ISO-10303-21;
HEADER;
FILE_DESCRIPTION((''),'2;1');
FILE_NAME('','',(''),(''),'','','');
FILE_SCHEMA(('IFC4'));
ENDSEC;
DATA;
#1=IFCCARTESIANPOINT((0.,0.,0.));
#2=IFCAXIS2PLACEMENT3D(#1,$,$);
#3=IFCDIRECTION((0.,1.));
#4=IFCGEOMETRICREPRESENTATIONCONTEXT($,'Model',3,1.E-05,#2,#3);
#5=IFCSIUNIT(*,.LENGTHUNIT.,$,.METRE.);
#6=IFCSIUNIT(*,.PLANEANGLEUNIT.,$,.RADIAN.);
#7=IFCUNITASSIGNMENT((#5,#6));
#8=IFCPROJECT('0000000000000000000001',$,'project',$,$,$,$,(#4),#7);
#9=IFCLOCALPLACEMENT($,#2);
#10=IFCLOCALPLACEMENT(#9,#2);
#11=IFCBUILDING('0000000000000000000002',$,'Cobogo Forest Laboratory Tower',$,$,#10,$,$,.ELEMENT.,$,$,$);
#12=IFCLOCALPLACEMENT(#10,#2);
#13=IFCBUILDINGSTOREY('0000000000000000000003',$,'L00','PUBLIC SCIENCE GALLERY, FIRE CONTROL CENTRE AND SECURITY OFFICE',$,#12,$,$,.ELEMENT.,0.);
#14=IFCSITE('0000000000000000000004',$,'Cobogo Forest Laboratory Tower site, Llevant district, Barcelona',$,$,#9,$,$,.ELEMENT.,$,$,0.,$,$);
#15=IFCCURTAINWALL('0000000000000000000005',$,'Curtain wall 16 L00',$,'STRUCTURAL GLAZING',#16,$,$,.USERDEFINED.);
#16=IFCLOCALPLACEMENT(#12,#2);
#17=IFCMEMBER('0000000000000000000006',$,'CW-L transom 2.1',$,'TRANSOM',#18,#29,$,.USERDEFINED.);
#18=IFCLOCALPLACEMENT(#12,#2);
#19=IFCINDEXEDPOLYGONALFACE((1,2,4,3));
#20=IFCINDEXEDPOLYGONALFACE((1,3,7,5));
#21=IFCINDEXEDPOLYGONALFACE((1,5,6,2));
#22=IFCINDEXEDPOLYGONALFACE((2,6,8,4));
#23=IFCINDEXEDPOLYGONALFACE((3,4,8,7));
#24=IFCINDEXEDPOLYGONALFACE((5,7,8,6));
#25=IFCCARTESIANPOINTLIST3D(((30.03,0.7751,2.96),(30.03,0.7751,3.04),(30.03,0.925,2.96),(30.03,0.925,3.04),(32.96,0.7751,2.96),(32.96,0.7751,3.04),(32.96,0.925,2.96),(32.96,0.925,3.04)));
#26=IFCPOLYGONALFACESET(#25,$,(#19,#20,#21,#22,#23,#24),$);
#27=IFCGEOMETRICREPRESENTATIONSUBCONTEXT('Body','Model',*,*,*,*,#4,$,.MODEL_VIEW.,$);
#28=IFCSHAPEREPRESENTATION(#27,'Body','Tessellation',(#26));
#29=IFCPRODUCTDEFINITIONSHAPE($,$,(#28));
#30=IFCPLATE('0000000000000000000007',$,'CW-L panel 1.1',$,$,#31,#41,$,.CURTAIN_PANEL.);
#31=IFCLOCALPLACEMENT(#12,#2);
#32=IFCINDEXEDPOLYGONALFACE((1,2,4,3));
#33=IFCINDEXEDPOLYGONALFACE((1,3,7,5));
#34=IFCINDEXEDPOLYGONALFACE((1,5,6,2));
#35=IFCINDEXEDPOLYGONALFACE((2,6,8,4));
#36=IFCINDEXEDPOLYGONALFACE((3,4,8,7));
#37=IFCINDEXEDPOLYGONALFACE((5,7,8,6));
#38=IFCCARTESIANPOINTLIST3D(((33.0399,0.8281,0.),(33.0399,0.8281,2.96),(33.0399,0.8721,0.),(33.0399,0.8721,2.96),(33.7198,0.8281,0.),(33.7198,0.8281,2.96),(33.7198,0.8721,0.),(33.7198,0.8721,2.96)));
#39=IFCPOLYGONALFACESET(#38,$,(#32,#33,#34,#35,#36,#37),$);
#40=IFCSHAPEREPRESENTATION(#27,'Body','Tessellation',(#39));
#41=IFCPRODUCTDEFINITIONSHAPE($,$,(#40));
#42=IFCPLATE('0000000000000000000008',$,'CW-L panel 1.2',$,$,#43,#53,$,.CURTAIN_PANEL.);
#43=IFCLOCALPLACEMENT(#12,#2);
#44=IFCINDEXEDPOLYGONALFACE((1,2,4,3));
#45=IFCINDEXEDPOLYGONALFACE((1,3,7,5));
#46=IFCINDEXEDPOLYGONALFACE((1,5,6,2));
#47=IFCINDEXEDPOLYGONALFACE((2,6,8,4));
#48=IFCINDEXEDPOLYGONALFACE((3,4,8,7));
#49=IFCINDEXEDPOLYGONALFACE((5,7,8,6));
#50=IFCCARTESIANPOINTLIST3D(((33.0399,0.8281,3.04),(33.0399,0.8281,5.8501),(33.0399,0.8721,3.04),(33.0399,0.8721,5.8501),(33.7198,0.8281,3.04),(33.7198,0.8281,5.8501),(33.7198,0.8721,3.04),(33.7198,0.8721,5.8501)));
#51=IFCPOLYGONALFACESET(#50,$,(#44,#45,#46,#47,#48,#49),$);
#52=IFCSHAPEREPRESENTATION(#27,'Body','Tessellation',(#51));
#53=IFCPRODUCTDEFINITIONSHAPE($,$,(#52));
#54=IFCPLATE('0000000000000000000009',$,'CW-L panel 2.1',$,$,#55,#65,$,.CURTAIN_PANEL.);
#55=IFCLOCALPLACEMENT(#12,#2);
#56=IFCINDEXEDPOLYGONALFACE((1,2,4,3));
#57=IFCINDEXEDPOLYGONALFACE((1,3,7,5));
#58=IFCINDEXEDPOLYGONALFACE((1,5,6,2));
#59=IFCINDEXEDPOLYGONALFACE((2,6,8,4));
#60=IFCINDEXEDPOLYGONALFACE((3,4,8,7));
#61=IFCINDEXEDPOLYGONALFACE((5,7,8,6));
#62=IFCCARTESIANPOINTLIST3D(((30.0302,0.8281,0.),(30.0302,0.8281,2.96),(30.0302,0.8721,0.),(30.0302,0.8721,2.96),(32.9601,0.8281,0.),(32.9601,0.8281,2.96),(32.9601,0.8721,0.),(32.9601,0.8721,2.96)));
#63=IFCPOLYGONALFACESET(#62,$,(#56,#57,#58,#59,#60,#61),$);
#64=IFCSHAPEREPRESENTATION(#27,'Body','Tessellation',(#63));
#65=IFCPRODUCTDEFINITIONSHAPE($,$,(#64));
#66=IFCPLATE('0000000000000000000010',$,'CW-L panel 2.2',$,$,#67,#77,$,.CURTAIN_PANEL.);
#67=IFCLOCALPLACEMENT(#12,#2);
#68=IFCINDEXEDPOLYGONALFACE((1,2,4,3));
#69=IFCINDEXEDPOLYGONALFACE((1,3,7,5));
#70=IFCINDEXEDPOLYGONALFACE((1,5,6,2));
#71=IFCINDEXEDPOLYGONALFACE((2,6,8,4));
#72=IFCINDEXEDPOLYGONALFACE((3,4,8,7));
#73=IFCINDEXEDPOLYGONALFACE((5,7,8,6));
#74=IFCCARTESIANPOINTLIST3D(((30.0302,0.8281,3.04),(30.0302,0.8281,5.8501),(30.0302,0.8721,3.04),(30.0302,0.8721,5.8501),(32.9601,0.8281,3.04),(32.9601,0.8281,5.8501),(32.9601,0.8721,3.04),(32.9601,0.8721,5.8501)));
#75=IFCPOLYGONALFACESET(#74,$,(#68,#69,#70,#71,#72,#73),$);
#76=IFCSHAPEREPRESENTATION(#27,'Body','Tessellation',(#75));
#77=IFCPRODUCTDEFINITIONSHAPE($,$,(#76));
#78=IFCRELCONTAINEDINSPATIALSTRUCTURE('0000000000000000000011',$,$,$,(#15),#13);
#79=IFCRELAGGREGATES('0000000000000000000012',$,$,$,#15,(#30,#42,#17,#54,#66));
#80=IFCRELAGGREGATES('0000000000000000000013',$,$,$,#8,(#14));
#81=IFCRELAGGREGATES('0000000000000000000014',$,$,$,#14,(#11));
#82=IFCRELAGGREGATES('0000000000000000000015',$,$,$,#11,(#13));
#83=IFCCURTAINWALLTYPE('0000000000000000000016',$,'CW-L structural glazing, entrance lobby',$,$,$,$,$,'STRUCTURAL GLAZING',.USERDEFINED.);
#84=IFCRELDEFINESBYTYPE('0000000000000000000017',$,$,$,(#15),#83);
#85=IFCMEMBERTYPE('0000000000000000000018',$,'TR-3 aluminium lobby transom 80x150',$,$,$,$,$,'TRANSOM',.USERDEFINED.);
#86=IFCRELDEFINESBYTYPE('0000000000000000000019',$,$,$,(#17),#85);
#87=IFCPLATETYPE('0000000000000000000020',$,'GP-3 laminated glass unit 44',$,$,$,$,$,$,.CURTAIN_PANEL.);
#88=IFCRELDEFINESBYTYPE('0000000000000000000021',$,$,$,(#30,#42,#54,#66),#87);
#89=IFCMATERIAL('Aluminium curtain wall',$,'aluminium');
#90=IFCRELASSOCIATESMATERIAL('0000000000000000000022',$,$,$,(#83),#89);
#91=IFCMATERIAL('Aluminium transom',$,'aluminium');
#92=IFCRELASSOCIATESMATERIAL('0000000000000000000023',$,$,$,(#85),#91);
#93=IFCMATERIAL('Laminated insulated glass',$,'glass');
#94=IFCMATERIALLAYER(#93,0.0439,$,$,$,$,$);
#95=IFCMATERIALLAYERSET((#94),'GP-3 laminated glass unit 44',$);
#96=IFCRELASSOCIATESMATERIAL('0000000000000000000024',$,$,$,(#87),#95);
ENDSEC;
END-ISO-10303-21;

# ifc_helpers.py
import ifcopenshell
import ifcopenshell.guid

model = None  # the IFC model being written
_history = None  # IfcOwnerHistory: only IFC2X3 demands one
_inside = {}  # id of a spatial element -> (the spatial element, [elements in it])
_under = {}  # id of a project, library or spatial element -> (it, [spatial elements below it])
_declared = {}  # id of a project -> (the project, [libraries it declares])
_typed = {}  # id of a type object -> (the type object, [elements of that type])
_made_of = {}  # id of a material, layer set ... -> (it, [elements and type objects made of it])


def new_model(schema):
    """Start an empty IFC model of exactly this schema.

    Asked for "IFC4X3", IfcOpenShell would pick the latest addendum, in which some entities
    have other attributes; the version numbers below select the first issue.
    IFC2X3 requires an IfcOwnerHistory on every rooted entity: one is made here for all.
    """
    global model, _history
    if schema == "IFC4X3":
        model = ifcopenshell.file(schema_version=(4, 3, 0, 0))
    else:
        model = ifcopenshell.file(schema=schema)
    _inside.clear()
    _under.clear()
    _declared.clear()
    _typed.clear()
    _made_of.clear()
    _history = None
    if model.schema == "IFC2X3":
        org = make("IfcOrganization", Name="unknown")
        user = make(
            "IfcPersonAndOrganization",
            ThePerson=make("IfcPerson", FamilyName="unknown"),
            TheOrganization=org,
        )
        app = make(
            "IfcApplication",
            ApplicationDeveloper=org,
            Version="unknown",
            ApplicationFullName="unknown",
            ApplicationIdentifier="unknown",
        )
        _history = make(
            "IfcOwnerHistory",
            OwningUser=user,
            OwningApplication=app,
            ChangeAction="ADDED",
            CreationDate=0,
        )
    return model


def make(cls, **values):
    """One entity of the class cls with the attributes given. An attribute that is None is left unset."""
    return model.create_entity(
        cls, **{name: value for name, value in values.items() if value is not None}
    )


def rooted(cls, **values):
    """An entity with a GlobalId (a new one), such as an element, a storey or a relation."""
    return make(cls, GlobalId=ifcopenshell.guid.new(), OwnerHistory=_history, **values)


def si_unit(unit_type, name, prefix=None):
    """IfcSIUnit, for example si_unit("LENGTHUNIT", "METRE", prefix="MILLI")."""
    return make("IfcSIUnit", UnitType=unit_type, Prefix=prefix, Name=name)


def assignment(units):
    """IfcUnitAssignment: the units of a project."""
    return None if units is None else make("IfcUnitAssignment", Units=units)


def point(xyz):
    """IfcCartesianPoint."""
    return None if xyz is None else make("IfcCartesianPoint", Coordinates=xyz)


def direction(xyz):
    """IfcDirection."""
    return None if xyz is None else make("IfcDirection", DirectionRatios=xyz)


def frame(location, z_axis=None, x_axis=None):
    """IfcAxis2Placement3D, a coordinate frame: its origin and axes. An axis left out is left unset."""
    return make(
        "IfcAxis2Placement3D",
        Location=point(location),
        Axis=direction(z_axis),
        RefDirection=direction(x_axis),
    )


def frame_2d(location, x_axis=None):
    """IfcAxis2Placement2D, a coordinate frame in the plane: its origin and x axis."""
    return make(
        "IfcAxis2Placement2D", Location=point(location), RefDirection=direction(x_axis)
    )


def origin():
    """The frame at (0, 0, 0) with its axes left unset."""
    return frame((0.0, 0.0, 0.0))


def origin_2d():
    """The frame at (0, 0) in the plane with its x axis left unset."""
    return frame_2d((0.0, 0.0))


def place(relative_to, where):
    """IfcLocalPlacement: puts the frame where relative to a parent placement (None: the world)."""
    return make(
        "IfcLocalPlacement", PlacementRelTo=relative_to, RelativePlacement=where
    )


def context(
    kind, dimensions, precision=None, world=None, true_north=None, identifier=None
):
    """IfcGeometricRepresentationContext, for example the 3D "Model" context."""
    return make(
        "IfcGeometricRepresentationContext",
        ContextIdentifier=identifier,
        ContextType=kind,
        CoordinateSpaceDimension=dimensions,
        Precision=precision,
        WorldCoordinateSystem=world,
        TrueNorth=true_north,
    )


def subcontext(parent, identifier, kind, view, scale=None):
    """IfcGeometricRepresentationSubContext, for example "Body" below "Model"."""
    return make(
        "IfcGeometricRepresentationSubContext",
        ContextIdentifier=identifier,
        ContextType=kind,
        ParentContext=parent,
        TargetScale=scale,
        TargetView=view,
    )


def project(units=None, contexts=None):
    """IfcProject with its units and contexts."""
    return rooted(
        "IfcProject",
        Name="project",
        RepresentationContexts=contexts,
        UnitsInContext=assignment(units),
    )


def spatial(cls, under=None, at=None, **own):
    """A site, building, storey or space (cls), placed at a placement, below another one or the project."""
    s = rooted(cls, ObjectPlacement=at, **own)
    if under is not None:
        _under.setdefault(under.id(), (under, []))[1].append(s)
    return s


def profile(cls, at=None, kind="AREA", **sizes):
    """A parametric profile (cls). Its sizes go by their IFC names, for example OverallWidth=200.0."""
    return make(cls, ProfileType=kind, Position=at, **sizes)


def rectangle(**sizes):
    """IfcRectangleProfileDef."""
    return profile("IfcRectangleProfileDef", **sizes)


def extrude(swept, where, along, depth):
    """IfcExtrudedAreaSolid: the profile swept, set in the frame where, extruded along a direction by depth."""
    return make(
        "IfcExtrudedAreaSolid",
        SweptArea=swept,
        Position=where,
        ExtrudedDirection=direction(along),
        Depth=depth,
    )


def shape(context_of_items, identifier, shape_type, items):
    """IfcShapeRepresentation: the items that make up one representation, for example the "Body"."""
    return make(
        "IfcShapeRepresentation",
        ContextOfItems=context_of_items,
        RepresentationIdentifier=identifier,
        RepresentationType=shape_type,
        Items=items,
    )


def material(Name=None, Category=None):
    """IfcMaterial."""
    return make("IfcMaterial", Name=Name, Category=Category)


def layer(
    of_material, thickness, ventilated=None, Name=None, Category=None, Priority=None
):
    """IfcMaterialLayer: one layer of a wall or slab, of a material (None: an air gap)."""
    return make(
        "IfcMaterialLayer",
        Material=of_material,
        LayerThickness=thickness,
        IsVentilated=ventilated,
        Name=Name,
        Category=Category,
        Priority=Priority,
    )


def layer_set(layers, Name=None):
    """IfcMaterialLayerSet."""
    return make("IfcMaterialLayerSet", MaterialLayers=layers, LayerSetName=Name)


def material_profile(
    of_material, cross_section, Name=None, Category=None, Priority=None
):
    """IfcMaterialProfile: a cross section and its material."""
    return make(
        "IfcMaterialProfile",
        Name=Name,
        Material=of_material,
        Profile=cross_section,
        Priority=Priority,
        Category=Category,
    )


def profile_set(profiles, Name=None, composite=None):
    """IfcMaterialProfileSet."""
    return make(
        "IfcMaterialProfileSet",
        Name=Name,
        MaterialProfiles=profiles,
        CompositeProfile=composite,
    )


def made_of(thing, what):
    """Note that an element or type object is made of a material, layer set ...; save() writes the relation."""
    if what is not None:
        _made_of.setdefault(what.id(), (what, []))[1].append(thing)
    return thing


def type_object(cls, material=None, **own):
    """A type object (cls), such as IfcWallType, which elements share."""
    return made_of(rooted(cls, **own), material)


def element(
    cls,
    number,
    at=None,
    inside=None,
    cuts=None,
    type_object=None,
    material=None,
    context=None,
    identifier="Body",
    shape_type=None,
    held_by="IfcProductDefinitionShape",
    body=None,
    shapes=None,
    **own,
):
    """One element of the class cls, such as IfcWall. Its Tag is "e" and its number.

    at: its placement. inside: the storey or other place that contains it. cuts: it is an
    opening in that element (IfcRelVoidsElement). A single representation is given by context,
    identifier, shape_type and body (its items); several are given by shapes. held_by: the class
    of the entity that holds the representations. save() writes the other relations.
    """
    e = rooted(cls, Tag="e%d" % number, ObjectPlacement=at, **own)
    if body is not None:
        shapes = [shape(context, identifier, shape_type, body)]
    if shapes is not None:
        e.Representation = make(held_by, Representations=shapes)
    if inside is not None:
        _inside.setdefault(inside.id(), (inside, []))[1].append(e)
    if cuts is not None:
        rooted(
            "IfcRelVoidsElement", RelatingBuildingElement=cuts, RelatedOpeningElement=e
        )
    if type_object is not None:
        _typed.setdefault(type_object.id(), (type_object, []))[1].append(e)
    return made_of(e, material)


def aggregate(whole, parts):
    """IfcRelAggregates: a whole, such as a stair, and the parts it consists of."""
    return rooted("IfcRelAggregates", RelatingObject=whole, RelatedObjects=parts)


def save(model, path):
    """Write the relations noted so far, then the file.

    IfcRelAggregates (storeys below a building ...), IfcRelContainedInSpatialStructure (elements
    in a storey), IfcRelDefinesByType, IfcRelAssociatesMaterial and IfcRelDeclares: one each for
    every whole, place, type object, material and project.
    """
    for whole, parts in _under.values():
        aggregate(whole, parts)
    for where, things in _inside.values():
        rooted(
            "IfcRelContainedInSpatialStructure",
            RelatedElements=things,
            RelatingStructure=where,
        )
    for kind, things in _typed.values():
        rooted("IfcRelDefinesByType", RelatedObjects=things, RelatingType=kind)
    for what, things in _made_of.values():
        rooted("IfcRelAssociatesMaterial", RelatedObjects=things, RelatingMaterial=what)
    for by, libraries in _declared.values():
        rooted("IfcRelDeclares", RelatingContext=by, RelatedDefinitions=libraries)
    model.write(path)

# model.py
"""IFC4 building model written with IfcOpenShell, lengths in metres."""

from ifc_helpers import new_model, si_unit, direction, frame, origin, origin_2d, place, context, subcontext, project, spatial, rectangle, extrude, material, layer, layer_set, material_profile, profile_set, type_object, element, aggregate, save


model = new_model("IFC4")

# Units and contexts
model_context = context("Model", 3, precision=1e-05, world=origin(), true_north=direction((0.0, 1.0)))
body_context = subcontext(model_context, "Body", "Model", "MODEL_VIEW")
ifc_project = project(units=[si_unit("LENGTHUNIT", "METRE"), si_unit("PLANEANGLEUNIT", "RADIAN")], contexts=[model_context])

# Site, building, storey
site_placement = place(None, origin())
site = spatial("IfcSite", under=ifc_project, at=site_placement, Name="Cobogo Forest Laboratory Tower site, Llevant district, Barcelona", CompositionType="ELEMENT", RefElevation=0.0)
building_placement = place(site_placement, origin())
building = spatial("IfcBuilding", under=site, at=building_placement, Name="Cobogo Forest Laboratory Tower", CompositionType="ELEMENT")
storey_placement = place(building_placement, origin())
storey = spatial("IfcBuildingStorey", under=building, at=storey_placement, Name="L00", Description="PUBLIC SCIENCE GALLERY, FIRE CONTROL CENTRE AND SECURITY OFFICE", CompositionType="ELEMENT", Elevation=0.0)

# Curtain wall
ifc_material_1 = material(Name="Aluminium curtain wall", Category="aluminium")
curtain_wall_type = type_object("IfcCurtainWallType", Name="CW-L structural glazing, entrance lobby", ElementType="STRUCTURAL GLAZING", PredefinedType="USERDEFINED", material=ifc_material_1)
curtain_wall_placement = place(storey_placement, origin())
curtain_wall = element("IfcCurtainWall", 1, at=curtain_wall_placement, inside=storey, type_object=curtain_wall_type, Name="Curtain wall 16 L00", ObjectType="STRUCTURAL GLAZING", PredefinedType="USERDEFINED")

# Member
ifc_material_2 = material(Name="Aluminium transom", Category="aluminium")
ifc_material_profile_1 = material_profile(ifc_material_2, rectangle(XDim=0.1499, YDim=0.0801, at=origin_2d()), Name="AL 80x150")
ifc_profile_set_1 = profile_set([ifc_material_profile_1], Name="Aluminium transom")
member_type_1 = type_object("IfcMemberType", Name="TR-3 aluminium lobby transom 80x150", ElementType="TRANSOM", PredefinedType="USERDEFINED", material=ifc_profile_set_1)
member_1_placement = place(storey_placement, frame((32.96, 0.8501, 3.0), z_axis=(-1.0, 0.0, 0.0), x_axis=(0.0, -1.0, 0.0)))
member_1 = element("IfcMember", 2, at=member_1_placement, type_object=member_type_1, Name="CW-L transom 2.1", ObjectType="TRANSOM", PredefinedType="USERDEFINED", context=body_context, shape_type="SweptSolid", body=[
    extrude(rectangle(XDim=0.1499, YDim=0.0801, at=origin_2d()), origin(), (0.0, 0.0, 1.0), 2.9299),
])

# Plates
ifc_material_3 = material(Name="Laminated insulated glass", Category="glass")
ifc_layer_1 = layer(ifc_material_3, 0.0439)
ifc_layer_set_1 = layer_set([ifc_layer_1], Name="GP-3 laminated glass unit 44")
plate_type = type_object("IfcPlateType", Name="GP-3 laminated glass unit 44", PredefinedType="CURTAIN_PANEL", material=ifc_layer_set_1)
plate_1_placement = place(storey_placement, frame((33.3799, 0.8501, 0.0), z_axis=(0.0, 0.0, 1.0), x_axis=(-1.0, 0.0, 0.0)))
plate_1 = element("IfcPlate", 3, at=plate_1_placement, type_object=plate_type, Name="CW-L panel 1.1", PredefinedType="CURTAIN_PANEL", context=body_context, shape_type="SweptSolid", body=[
    extrude(rectangle(XDim=0.6799, YDim=0.0439, at=origin_2d()), origin(), (0.0, 0.0, 1.0), 2.96),
])
plate_2_placement = place(storey_placement, frame((33.3799, 0.8501, 3.04), z_axis=(0.0, 0.0, 1.0), x_axis=(-1.0, 0.0, 0.0)))
plate_2 = element("IfcPlate", 4, at=plate_2_placement, type_object=plate_type, Name="CW-L panel 1.2", PredefinedType="CURTAIN_PANEL", context=body_context, shape_type="SweptSolid", body=[
    extrude(rectangle(XDim=0.6799, YDim=0.0439, at=origin_2d()), origin(), (0.0, 0.0, 1.0), 2.8101),
])
plate_3_placement = place(storey_placement, frame((31.4951, 0.8501, 0.0), z_axis=(0.0, 0.0, 1.0), x_axis=(-1.0, 0.0, 0.0)))
plate_3 = element("IfcPlate", 5, at=plate_3_placement, type_object=plate_type, Name="CW-L panel 2.1", PredefinedType="CURTAIN_PANEL", context=body_context, shape_type="SweptSolid", body=[
    extrude(rectangle(XDim=2.9299, YDim=0.0439, at=origin_2d()), origin(), (0.0, 0.0, 1.0), 2.96),
])
plate_4_placement = place(storey_placement, frame((31.4951, 0.8501, 3.04), z_axis=(0.0, 0.0, 1.0), x_axis=(-1.0, 0.0, 0.0)))
plate_4 = element("IfcPlate", 6, at=plate_4_placement, type_object=plate_type, Name="CW-L panel 2.2", PredefinedType="CURTAIN_PANEL", context=body_context, shape_type="SweptSolid", body=[
    extrude(rectangle(XDim=2.9299, YDim=0.0439, at=origin_2d()), origin(), (0.0, 0.0, 1.0), 2.8101),
])
aggregate(curtain_wall, [plate_1, plate_2, member_1, plate_3, plate_4])

save(model, "model.ifc")
